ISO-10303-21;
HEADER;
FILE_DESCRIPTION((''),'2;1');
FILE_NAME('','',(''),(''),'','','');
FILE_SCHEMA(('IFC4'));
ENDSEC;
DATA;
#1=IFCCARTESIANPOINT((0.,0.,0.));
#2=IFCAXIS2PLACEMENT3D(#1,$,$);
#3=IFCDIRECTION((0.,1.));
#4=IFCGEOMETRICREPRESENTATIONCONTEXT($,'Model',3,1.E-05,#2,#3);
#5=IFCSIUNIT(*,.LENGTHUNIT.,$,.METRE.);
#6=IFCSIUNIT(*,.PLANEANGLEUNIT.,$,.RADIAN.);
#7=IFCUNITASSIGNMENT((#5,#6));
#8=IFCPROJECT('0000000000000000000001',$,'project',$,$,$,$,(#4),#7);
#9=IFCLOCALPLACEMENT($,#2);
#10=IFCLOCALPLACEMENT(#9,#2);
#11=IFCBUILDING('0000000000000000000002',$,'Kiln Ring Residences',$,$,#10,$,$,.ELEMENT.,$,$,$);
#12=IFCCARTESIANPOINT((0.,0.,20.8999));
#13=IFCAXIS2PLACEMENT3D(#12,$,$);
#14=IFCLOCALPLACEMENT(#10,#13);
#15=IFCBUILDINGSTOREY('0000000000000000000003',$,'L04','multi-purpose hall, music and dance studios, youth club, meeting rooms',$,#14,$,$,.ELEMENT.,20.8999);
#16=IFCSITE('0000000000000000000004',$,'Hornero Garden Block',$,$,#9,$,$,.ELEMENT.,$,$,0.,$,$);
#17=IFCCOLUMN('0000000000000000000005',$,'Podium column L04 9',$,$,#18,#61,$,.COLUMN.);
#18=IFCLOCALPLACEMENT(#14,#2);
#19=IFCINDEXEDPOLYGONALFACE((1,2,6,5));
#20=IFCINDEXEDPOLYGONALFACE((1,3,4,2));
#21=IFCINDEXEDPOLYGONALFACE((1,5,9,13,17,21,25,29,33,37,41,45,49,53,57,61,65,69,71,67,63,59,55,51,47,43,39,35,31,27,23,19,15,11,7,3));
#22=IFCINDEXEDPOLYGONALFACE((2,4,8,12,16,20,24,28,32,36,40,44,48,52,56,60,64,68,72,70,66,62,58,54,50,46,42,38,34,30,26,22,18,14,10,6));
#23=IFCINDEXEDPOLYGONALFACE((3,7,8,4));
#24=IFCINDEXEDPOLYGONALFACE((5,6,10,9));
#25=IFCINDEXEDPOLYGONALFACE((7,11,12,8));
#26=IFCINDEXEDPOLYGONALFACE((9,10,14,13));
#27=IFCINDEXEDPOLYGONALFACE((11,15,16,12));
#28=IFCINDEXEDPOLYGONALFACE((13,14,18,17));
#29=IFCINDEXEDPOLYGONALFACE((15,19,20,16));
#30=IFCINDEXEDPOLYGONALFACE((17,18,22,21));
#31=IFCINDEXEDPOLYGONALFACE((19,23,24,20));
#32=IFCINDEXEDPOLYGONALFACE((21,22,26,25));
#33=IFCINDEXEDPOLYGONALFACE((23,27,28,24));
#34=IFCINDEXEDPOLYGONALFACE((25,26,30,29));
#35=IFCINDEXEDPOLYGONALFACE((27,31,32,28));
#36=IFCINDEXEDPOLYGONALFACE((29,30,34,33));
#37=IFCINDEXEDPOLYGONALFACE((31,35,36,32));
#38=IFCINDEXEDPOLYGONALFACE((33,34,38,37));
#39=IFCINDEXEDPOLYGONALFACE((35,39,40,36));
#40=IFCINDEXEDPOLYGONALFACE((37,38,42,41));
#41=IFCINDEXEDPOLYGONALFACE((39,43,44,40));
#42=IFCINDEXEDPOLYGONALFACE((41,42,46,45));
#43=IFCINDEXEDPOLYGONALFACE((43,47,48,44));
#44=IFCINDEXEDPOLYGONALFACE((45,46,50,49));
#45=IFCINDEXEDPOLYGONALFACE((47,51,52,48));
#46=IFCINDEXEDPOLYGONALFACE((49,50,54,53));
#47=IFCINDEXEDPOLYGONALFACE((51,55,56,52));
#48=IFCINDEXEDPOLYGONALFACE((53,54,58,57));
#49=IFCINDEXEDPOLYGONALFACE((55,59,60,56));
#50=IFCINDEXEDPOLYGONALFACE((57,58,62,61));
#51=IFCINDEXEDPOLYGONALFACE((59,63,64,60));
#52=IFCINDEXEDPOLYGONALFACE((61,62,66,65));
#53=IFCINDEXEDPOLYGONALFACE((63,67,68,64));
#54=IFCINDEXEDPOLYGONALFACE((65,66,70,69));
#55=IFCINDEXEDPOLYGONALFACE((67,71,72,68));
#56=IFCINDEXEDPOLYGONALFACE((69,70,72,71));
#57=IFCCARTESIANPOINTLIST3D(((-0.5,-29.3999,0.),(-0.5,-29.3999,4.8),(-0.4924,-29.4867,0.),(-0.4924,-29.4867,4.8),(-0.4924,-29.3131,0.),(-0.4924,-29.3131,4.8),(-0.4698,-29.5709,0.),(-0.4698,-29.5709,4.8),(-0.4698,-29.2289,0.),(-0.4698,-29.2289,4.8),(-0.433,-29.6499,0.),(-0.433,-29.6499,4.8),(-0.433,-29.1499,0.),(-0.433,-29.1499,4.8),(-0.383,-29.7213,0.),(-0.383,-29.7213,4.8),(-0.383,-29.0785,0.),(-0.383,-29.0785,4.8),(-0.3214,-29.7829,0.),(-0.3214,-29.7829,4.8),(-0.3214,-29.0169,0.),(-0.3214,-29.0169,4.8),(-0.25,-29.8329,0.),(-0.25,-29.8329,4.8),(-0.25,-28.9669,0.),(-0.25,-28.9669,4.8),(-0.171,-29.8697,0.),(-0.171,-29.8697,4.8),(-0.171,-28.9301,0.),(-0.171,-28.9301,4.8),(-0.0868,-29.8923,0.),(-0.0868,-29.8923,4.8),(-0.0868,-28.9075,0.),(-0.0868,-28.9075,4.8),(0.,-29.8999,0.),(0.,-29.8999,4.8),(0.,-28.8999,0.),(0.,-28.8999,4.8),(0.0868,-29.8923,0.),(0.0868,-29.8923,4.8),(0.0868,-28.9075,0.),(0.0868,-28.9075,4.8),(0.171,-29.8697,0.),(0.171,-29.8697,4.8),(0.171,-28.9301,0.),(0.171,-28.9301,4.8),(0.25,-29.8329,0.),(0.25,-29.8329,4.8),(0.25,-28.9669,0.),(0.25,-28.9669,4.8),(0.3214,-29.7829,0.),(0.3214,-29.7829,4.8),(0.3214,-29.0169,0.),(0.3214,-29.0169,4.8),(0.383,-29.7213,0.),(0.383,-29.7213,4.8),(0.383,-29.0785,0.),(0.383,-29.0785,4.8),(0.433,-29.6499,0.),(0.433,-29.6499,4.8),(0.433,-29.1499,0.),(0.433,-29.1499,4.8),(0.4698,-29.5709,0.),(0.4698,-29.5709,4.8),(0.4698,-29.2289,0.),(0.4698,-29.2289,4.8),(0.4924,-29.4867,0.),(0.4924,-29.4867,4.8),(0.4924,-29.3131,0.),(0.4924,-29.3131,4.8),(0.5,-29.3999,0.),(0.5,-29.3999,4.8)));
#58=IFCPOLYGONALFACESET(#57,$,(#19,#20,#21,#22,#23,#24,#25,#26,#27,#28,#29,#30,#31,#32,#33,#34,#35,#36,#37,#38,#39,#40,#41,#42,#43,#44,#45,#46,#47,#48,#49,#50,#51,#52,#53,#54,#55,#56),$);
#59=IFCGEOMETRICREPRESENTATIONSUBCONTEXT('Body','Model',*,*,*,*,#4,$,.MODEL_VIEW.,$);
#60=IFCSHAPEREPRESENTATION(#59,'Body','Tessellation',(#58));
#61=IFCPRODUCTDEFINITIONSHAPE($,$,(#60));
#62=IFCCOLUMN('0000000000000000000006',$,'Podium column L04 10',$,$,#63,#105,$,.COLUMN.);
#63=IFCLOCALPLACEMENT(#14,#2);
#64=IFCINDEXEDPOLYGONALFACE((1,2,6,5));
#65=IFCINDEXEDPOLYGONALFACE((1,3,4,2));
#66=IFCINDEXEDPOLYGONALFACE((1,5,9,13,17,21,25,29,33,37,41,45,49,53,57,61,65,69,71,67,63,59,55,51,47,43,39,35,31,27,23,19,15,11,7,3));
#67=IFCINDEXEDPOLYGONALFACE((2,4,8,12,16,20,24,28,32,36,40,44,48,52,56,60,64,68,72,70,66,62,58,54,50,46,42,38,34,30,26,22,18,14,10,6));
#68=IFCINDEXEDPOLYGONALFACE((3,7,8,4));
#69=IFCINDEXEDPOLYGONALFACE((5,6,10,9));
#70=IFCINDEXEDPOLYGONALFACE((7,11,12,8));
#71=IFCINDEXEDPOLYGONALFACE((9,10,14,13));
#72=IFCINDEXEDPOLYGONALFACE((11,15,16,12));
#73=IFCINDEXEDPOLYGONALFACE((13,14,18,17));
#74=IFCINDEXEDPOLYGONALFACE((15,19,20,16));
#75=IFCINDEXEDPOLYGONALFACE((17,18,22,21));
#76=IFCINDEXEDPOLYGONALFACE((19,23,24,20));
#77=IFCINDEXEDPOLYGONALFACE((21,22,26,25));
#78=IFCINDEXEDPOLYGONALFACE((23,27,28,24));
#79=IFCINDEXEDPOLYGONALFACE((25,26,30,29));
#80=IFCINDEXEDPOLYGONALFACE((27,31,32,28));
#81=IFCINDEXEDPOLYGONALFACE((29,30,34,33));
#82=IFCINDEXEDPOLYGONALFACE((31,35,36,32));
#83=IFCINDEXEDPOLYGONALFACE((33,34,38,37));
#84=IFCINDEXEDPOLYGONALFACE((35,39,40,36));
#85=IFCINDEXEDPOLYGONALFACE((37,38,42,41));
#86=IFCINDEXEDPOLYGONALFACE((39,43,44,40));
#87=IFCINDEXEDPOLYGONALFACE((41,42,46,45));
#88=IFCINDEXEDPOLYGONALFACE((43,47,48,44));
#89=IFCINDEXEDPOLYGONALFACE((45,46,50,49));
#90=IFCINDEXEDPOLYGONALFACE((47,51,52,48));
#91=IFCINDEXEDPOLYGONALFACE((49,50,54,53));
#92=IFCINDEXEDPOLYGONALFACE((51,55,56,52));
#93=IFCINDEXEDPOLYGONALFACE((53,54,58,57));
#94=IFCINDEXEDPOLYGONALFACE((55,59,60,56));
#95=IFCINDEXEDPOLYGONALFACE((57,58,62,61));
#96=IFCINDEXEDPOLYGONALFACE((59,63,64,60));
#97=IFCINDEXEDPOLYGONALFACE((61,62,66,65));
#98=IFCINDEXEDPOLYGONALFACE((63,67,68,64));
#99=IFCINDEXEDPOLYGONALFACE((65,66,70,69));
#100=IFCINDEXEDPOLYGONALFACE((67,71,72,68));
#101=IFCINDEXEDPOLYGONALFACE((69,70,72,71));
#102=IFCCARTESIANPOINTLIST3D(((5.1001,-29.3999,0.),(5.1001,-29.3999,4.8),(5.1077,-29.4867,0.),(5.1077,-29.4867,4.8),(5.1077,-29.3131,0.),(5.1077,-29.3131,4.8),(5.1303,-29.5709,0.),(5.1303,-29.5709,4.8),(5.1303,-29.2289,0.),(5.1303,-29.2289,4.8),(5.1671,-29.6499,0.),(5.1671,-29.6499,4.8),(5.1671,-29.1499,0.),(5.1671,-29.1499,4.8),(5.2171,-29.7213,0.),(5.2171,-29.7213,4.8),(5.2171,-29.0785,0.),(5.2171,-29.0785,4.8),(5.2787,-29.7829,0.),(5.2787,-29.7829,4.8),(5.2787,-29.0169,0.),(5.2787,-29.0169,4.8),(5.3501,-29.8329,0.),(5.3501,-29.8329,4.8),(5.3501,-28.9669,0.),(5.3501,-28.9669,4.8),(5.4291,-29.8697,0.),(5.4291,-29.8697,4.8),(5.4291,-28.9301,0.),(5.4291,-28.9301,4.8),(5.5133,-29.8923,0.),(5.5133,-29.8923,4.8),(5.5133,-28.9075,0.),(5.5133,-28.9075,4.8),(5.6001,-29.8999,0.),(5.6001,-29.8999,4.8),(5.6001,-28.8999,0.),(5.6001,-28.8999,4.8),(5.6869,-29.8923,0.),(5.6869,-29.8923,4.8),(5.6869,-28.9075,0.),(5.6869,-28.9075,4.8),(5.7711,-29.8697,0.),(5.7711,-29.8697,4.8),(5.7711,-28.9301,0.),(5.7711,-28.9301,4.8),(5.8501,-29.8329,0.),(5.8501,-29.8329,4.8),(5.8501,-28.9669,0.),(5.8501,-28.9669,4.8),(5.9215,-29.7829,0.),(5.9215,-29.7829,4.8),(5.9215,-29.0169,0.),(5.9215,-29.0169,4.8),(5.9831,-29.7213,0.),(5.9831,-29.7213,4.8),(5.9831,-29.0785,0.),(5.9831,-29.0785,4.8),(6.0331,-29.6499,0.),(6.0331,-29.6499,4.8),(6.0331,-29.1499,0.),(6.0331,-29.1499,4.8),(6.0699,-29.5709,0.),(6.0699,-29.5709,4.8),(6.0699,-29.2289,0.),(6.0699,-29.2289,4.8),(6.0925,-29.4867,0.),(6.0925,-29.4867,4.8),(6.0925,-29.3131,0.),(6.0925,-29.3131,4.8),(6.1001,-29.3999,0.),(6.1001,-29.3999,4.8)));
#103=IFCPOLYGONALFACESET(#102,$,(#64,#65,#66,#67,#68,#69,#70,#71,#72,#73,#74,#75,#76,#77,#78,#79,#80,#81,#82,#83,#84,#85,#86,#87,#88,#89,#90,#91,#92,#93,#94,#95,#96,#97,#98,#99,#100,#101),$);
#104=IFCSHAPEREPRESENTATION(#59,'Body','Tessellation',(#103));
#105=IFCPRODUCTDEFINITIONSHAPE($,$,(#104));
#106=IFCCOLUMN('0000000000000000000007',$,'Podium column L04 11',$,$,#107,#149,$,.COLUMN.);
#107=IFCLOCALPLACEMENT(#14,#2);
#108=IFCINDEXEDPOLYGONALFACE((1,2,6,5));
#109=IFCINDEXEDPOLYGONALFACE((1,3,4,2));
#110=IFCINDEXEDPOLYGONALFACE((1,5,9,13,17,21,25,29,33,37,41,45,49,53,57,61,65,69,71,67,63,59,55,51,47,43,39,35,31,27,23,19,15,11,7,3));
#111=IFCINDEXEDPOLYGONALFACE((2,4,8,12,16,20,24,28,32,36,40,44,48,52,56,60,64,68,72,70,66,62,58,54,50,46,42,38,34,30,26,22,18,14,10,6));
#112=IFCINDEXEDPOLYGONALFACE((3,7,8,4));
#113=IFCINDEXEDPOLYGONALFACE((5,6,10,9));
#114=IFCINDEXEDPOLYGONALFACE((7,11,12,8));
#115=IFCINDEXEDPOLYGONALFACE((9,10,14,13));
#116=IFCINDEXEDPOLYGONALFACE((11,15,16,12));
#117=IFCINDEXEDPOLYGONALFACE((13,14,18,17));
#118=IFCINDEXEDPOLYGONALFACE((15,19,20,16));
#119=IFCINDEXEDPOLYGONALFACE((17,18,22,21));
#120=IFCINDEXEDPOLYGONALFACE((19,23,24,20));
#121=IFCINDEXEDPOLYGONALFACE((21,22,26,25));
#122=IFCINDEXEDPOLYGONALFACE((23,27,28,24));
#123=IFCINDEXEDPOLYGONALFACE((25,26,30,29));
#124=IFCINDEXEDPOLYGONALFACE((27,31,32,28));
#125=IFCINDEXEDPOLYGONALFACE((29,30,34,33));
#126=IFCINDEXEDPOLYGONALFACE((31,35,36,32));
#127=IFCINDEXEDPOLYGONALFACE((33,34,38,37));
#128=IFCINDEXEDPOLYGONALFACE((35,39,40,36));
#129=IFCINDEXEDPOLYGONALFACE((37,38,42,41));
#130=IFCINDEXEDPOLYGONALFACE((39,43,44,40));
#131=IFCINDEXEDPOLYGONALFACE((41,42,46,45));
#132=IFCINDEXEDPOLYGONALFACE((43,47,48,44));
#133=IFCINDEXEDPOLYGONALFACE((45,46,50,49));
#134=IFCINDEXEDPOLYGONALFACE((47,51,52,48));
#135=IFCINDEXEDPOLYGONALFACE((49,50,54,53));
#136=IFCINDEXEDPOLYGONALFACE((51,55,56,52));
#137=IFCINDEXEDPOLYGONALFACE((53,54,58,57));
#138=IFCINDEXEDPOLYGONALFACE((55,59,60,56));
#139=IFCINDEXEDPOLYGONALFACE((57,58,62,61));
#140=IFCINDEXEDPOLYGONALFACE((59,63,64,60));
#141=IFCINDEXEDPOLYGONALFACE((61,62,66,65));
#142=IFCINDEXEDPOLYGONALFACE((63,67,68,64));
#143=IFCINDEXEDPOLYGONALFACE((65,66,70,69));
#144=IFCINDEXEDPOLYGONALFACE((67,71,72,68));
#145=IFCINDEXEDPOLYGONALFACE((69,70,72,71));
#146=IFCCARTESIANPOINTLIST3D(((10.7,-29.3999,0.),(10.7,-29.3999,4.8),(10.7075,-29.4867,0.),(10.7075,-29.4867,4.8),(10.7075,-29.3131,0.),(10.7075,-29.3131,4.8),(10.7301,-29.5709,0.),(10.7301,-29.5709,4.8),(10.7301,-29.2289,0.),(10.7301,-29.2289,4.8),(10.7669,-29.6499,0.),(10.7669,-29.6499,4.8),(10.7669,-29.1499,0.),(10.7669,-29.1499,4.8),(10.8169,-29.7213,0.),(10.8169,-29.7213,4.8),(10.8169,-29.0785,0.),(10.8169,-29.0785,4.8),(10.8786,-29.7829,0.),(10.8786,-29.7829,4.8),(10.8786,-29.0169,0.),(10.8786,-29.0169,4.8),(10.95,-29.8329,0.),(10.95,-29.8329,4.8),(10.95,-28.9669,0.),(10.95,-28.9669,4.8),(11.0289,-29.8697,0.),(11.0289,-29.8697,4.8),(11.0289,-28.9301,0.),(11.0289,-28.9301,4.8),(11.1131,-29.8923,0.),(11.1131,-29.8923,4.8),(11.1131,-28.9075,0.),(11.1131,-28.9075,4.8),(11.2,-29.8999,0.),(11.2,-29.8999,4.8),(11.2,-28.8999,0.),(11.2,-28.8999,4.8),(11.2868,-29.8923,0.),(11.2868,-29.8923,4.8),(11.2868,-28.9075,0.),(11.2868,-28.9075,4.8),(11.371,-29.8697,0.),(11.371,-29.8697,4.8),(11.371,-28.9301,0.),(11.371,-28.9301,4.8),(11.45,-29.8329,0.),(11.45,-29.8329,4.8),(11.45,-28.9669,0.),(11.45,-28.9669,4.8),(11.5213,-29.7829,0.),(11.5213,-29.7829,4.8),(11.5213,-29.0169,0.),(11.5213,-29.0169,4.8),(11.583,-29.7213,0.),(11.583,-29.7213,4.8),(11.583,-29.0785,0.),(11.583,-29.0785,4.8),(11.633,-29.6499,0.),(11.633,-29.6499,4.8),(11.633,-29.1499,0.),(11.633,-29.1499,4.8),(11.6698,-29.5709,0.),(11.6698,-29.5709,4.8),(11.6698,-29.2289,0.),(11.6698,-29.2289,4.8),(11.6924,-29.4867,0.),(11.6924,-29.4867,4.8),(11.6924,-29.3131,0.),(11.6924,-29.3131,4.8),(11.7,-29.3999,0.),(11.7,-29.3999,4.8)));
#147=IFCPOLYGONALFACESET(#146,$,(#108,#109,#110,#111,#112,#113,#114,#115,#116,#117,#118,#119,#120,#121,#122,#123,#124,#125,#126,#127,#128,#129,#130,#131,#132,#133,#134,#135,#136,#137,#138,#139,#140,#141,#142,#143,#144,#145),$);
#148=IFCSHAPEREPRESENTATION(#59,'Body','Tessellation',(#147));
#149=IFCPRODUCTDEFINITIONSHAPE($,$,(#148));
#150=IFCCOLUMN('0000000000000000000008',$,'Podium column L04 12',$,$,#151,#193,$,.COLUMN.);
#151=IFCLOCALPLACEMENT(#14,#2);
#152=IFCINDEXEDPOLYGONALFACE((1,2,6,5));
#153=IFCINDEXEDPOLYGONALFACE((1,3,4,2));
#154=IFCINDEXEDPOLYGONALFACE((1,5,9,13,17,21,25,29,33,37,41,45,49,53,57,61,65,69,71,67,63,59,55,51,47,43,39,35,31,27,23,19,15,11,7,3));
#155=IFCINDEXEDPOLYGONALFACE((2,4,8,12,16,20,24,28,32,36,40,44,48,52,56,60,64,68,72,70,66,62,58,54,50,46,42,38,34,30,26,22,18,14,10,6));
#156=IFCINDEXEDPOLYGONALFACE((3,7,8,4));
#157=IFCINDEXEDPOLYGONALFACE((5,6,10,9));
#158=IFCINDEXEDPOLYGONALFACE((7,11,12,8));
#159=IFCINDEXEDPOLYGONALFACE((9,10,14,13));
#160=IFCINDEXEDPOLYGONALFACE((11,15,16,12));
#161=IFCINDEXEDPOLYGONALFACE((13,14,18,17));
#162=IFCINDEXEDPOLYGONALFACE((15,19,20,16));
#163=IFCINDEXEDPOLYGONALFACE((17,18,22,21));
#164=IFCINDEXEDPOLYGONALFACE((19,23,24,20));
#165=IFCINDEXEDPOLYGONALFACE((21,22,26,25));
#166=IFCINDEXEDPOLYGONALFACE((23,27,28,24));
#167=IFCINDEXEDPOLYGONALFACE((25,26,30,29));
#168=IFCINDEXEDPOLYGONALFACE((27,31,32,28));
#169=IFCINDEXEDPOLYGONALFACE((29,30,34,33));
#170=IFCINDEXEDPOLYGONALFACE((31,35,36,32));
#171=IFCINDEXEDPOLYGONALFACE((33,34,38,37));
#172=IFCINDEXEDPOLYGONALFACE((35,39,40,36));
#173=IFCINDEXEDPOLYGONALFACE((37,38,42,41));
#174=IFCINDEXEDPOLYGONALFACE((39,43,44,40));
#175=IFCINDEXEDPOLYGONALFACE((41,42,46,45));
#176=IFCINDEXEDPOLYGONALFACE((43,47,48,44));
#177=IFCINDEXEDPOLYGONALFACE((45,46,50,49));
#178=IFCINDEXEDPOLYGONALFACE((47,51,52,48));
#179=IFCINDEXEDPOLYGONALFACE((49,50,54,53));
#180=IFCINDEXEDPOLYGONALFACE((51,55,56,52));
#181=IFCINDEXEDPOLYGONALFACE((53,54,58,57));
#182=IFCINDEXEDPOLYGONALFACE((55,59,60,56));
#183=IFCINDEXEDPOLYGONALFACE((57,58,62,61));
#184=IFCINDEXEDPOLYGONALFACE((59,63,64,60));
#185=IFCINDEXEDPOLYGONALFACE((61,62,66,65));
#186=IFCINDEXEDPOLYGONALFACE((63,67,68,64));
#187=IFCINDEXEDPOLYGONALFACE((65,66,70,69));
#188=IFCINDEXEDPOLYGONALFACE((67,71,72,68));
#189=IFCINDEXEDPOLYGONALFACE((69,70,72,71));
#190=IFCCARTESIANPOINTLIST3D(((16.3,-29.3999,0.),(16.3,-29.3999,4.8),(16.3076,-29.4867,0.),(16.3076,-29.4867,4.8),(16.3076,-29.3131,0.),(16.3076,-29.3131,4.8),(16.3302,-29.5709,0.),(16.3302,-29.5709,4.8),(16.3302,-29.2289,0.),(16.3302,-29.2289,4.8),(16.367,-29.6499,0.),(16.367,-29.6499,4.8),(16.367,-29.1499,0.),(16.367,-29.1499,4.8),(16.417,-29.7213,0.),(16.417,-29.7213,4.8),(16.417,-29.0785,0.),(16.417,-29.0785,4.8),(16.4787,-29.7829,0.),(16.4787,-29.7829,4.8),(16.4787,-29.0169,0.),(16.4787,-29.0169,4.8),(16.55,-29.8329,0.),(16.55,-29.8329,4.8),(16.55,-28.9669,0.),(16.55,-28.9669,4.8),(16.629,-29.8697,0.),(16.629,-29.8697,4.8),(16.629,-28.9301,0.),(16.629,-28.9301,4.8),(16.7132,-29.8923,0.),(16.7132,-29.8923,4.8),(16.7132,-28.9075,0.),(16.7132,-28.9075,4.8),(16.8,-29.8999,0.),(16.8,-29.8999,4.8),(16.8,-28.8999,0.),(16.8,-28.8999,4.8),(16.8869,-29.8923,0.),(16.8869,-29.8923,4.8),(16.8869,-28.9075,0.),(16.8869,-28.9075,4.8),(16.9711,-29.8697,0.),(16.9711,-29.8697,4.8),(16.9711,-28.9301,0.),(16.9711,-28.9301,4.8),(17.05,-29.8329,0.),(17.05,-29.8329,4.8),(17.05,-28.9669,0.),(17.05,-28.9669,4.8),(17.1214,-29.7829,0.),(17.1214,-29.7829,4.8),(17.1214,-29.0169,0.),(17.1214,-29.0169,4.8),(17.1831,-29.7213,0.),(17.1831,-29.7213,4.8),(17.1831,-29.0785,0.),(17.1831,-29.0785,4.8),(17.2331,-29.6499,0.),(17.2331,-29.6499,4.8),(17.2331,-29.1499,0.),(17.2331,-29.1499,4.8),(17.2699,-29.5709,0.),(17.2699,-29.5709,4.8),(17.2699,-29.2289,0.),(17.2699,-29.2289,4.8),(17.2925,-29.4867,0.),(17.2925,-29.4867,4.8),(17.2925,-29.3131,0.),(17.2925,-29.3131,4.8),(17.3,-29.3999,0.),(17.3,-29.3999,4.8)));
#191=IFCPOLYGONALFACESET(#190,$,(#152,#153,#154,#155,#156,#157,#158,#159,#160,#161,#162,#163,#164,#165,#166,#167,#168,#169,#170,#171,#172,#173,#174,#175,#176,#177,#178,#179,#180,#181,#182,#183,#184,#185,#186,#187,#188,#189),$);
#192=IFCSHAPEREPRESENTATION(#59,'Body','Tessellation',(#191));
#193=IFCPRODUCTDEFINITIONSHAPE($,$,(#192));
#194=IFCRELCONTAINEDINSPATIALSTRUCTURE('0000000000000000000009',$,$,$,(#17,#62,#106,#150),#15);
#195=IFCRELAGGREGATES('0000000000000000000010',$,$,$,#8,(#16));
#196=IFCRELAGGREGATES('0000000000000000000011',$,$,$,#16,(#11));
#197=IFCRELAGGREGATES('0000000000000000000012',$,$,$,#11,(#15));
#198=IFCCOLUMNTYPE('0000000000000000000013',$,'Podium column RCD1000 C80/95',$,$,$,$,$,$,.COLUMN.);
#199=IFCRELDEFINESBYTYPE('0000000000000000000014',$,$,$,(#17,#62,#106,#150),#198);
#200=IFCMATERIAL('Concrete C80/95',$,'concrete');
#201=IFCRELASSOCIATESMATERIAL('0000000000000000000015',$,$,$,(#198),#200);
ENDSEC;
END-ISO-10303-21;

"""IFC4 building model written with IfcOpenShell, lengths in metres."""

from ifc_helpers import new_model, si_unit, direction, frame, origin, origin_2d, place, context, subcontext, project, spatial, circle, extrude, material, material_profile, profile_set, type_object, element, save


model = new_model("IFC4")

# Units and contexts
model_context = context("Model", 3, precision=1e-05, world=origin(), true_north=direction((0.0, 1.0)))
body_context = subcontext(model_context, "Body", "Model", "MODEL_VIEW")
ifc_project = project(units=[si_unit("LENGTHUNIT", "METRE"), si_unit("PLANEANGLEUNIT", "RADIAN")], contexts=[model_context])

# Site, building, storey
site_placement = place(None, origin())
site = spatial("IfcSite", under=ifc_project, at=site_placement, Name="Hornero Garden Block", CompositionType="ELEMENT", RefElevation=0.0)
building_placement = place(site_placement, origin())
building = spatial("IfcBuilding", under=site, at=building_placement, Name="Kiln Ring Residences", CompositionType="ELEMENT")
storey_placement = place(building_placement, frame((0.0, 0.0, 20.8999)))
storey = spatial("IfcBuildingStorey", under=building, at=storey_placement, Name="L04", Description="multi-purpose hall, music and dance studios, youth club, meeting rooms", CompositionType="ELEMENT", Elevation=20.8999)

# Columns
ifc_material_1 = material(Name="Concrete C80/95", Category="concrete")
ifc_material_profile_1 = material_profile(ifc_material_1, circle(Radius=0.5, at=origin_2d()), Name="RCD1000")
ifc_profile_set_1 = profile_set([ifc_material_profile_1], Name="Concrete C80/95")
column_type = type_object("IfcColumnType", Name="Podium column RCD1000 C80/95", PredefinedType="COLUMN", material=ifc_profile_set_1)
for number, where, z_axis, x_axis, name in (
    (1, (0.0, -29.3999, 0.0), (0.0, 0.0, 1.0), (1.0, 0.0, 0.0), "Podium column L04 9"),
    (2, (5.6001, -29.3999, 0.0), (0.0, 0.0, 1.0), (1.0, 0.0, 0.0), "Podium column L04 10"),
    (3, (11.2, -29.3999, 0.0), (0.0, 0.0, 1.0), (1.0, 0.0, 0.0), "Podium column L04 11"),
    (4, (16.8, -29.3999, 0.0), (0.0, 0.0, 1.0), (1.0, 0.0, 0.0), "Podium column L04 12"),
):
    element("IfcColumn", number, at=place(storey_placement, frame(where, z_axis=z_axis, x_axis=x_axis)), inside=storey, type_object=column_type, Name=name, PredefinedType="COLUMN", context=body_context, shape_type="SweptSolid", body=[
        extrude(circle(Radius=0.5, at=origin_2d()), origin(), (0.0, 0.0, 1.0), 4.8),
    ])

save(model, "model.ifc")
